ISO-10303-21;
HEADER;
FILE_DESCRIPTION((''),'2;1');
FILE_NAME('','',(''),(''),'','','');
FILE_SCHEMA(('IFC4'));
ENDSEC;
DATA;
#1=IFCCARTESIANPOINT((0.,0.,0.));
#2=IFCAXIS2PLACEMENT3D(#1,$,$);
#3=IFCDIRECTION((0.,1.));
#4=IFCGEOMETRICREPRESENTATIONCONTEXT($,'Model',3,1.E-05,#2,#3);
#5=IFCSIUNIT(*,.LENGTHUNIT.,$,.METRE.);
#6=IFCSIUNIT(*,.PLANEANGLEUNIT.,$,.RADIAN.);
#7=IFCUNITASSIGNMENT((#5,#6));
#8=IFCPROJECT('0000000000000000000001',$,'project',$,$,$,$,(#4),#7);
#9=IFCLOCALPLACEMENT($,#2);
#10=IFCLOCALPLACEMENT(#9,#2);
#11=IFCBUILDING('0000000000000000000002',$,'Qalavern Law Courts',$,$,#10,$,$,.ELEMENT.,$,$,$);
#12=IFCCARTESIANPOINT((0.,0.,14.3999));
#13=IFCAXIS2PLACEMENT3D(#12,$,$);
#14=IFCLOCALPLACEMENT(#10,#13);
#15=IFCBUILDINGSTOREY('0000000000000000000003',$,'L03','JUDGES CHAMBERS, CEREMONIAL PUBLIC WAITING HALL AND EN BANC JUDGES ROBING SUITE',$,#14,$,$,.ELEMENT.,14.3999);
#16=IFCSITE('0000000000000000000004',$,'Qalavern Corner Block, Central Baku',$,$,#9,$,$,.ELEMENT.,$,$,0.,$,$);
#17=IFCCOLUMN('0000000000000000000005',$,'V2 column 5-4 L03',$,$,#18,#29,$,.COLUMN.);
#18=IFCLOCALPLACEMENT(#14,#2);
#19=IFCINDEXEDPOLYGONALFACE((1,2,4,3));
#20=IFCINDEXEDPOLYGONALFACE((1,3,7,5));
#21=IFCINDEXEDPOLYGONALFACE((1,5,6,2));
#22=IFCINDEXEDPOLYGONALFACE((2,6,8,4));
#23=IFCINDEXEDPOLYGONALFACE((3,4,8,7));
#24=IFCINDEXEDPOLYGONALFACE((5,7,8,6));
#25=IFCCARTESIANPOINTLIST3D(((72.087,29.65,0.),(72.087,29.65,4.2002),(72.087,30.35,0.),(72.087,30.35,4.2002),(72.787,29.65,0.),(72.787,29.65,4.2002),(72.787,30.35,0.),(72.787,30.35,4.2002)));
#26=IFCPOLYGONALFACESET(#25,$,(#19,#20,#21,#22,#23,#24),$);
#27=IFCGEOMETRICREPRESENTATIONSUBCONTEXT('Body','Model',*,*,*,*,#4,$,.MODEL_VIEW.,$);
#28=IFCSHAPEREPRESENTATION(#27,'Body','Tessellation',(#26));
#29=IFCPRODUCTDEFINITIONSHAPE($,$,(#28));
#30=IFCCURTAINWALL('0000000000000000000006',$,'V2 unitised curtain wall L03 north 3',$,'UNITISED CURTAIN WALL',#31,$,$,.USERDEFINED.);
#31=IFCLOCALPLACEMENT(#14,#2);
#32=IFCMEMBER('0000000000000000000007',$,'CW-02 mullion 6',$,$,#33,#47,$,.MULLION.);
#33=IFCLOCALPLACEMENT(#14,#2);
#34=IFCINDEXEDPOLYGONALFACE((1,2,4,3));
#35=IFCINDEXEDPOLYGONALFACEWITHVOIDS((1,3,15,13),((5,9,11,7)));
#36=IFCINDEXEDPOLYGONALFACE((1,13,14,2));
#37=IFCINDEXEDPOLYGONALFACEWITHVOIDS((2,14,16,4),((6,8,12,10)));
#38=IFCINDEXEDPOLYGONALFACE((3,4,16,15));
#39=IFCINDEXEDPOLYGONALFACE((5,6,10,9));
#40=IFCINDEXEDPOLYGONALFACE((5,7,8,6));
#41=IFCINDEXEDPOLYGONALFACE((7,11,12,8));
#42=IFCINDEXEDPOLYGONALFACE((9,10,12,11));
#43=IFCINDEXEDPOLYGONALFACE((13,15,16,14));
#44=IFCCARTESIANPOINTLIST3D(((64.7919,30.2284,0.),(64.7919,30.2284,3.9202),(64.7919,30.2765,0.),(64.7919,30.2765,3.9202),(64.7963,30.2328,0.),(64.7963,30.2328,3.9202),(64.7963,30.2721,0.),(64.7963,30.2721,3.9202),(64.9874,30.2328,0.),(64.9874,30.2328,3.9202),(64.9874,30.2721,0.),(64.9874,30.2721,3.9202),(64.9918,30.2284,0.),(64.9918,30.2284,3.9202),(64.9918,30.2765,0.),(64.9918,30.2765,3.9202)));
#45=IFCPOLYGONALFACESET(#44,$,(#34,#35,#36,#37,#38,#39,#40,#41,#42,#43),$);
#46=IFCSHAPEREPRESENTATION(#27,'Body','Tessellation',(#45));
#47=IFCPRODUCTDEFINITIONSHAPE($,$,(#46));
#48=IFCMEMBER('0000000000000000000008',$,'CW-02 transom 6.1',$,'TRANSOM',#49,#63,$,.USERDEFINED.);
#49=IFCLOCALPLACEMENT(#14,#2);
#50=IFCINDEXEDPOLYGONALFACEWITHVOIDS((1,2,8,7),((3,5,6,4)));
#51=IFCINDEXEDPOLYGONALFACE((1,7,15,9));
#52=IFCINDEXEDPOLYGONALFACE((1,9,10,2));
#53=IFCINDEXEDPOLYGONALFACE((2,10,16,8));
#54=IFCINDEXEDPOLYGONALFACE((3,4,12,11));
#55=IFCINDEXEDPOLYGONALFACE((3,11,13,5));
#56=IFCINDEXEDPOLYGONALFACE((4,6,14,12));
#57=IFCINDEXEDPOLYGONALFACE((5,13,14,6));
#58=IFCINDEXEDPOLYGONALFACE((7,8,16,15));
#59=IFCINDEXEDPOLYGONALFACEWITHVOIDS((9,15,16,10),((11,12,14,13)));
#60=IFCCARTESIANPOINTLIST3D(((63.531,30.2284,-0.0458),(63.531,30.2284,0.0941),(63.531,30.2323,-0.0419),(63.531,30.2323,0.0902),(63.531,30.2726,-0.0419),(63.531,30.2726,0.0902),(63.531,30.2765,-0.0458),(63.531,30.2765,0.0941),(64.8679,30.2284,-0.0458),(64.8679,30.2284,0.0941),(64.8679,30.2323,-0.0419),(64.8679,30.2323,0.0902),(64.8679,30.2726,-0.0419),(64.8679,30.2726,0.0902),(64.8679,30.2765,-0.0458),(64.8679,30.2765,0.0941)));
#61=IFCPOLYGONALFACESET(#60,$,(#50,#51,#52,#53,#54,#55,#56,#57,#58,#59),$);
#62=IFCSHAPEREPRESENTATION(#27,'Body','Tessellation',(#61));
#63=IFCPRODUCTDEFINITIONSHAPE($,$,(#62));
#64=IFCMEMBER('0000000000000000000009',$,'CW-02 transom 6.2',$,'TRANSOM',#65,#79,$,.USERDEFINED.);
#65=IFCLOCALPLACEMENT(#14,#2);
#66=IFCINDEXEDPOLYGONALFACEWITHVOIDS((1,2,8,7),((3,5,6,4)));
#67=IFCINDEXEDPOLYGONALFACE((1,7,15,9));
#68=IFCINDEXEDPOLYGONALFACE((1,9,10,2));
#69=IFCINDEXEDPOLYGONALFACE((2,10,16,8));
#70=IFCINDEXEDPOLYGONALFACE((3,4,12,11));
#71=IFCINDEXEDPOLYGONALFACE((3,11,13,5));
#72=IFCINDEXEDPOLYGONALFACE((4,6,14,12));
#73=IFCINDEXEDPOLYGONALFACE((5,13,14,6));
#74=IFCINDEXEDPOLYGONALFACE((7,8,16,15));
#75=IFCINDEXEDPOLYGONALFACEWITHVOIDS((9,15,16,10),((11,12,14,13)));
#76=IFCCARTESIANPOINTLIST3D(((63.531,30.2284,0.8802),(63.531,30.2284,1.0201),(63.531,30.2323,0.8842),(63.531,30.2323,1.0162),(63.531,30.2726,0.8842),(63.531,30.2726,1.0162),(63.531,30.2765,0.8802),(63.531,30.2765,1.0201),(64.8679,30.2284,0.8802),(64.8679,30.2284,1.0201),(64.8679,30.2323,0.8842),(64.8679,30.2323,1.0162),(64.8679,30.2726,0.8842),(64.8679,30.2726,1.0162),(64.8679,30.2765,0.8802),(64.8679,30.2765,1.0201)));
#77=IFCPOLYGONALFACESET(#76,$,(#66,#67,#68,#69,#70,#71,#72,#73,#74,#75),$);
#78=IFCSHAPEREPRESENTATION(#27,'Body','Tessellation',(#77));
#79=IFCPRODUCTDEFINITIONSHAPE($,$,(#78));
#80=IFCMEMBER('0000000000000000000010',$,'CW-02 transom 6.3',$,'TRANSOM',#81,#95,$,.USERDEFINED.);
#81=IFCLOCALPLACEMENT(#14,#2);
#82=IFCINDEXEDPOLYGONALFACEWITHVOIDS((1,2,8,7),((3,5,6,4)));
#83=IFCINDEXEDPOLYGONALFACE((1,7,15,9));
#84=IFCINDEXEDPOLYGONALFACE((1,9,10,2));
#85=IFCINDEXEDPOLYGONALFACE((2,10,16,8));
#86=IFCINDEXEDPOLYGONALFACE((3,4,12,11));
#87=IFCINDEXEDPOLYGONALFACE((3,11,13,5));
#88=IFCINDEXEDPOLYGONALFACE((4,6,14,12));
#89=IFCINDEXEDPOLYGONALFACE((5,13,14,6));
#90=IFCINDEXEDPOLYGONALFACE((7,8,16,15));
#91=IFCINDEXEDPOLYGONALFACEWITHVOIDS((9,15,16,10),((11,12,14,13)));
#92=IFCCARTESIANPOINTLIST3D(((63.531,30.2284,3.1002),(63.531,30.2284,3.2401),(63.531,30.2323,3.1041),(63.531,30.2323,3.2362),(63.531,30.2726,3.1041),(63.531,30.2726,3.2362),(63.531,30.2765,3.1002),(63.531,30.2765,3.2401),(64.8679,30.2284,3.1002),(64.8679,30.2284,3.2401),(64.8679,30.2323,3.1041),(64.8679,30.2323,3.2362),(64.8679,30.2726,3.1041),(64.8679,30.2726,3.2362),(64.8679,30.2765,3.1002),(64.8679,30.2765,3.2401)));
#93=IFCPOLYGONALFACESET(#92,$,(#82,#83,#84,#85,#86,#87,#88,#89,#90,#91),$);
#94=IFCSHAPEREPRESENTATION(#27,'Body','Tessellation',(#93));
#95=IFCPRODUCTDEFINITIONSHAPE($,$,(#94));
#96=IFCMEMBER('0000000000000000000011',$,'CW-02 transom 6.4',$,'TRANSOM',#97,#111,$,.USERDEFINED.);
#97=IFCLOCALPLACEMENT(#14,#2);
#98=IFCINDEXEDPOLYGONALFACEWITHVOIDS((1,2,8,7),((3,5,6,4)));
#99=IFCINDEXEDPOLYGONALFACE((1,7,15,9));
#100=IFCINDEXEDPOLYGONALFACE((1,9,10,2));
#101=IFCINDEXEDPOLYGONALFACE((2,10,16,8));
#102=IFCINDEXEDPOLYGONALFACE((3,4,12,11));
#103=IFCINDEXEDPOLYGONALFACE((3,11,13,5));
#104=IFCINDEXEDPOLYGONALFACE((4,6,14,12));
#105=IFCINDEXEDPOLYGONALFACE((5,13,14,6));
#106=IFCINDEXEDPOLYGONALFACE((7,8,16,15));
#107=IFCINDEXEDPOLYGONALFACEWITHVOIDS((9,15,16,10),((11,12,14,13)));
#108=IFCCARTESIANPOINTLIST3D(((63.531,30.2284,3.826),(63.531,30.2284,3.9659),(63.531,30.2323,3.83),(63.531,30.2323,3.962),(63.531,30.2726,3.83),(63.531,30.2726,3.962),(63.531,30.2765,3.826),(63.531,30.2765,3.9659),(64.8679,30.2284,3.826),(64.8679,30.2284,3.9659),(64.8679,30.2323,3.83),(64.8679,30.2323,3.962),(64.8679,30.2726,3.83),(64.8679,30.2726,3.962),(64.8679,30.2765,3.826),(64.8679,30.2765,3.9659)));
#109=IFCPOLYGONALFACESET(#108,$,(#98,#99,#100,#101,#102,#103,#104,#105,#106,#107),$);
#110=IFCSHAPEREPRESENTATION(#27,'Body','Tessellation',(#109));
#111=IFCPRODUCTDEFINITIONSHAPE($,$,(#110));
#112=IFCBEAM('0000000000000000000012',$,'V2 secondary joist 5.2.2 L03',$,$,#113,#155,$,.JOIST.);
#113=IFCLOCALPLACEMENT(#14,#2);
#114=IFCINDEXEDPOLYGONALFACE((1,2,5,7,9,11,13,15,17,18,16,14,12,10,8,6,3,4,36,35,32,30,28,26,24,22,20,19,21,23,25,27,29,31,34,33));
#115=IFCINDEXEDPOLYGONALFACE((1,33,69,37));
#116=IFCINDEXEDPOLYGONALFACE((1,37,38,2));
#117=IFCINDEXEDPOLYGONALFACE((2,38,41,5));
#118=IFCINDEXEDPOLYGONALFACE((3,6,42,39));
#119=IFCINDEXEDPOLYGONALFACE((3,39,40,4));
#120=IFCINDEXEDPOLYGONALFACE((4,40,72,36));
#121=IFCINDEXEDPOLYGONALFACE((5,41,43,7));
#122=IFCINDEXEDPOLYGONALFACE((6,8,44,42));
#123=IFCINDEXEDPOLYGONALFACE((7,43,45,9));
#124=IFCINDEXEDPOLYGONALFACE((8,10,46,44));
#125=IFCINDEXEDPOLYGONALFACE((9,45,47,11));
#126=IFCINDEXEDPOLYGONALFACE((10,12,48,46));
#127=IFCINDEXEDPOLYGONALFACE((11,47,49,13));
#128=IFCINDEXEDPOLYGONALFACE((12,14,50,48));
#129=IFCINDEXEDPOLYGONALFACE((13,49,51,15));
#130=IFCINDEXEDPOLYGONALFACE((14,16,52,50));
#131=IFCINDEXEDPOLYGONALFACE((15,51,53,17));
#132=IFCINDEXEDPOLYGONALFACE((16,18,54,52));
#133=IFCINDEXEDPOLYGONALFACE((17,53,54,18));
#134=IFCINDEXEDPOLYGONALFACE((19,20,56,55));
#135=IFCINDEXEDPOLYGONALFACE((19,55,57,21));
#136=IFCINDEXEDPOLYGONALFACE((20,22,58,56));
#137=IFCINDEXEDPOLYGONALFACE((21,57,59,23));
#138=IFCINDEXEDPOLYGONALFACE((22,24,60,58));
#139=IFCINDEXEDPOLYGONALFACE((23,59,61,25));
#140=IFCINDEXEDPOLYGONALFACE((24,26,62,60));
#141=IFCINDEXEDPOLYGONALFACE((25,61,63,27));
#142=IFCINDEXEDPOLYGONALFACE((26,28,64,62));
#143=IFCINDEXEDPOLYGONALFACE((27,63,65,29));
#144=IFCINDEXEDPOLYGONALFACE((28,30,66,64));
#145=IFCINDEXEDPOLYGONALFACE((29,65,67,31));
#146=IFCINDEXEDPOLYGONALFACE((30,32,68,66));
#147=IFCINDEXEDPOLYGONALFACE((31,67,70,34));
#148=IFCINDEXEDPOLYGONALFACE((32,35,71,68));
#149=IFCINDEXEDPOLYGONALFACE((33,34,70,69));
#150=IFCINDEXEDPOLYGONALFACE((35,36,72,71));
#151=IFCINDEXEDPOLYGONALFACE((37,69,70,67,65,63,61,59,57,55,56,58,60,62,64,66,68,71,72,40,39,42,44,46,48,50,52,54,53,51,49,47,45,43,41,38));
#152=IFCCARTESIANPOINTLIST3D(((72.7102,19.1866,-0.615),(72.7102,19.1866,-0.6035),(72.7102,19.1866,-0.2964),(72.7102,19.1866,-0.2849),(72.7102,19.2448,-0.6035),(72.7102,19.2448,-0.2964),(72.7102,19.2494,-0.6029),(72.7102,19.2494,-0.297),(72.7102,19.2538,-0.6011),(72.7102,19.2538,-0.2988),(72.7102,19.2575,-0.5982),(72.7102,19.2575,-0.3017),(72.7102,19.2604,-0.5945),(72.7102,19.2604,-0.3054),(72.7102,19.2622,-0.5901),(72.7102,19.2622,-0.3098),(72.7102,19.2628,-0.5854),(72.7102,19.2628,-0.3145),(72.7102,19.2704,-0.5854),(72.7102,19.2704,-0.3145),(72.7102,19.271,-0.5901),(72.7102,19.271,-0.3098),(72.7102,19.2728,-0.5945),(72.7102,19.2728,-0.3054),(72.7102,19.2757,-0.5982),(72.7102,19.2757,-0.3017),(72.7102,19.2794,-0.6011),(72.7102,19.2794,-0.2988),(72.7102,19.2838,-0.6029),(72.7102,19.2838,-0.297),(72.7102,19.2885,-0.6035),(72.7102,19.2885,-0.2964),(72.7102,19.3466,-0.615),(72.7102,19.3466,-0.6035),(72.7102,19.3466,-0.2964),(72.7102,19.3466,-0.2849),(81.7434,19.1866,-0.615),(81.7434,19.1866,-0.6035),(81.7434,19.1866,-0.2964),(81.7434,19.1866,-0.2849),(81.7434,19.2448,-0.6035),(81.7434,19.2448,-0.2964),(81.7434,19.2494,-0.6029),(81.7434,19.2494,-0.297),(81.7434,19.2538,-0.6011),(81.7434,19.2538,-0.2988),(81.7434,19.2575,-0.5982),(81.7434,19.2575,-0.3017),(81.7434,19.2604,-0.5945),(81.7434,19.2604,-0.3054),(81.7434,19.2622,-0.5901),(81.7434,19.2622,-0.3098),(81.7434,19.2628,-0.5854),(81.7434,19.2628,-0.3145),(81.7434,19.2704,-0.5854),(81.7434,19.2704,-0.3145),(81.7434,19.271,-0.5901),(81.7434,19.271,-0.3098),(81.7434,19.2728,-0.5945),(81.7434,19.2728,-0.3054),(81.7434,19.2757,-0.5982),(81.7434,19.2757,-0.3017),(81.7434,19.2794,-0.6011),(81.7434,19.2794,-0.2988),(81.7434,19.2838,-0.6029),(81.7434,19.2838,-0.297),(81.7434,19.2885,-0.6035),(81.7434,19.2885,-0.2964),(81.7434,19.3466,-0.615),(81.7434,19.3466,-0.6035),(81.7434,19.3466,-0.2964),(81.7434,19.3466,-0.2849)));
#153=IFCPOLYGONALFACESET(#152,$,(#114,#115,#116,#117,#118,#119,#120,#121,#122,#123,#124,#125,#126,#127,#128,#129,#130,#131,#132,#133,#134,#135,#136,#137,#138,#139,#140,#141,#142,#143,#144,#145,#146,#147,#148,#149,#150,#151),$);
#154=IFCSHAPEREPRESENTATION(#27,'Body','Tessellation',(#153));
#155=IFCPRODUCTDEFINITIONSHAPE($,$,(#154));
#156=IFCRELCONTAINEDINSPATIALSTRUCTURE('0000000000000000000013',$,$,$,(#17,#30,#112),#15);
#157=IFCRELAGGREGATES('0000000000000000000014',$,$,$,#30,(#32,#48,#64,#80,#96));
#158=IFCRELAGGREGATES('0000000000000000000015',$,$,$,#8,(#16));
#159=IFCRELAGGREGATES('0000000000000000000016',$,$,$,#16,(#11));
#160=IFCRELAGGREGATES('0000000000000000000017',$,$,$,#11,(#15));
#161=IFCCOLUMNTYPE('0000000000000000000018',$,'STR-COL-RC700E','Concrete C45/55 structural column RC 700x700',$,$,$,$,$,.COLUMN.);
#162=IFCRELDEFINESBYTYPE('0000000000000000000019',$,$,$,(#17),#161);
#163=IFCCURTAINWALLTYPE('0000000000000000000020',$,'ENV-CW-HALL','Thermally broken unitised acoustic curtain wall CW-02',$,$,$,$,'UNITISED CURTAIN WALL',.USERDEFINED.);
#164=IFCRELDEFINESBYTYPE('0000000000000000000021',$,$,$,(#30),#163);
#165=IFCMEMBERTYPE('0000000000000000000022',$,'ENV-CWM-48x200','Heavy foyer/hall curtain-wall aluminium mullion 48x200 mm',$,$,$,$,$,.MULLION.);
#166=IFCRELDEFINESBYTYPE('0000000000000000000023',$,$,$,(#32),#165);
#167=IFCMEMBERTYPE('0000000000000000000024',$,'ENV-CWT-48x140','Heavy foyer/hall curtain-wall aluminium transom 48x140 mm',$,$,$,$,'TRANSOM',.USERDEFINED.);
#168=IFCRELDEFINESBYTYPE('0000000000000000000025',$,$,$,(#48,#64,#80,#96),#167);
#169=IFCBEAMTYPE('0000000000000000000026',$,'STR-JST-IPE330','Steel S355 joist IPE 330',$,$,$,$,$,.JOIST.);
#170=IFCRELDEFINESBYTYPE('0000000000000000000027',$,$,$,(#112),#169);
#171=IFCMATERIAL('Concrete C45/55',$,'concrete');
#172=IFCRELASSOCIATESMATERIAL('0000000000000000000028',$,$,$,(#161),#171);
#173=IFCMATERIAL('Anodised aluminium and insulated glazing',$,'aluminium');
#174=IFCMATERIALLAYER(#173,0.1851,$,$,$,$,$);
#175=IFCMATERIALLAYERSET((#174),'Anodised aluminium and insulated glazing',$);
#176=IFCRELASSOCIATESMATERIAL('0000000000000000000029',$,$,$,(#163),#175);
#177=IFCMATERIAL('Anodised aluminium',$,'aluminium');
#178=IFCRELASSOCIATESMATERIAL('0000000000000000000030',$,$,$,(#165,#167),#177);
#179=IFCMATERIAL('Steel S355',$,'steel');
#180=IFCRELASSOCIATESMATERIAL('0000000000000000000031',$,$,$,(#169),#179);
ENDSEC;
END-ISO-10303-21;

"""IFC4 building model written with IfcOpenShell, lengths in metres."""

from ifc_helpers import new_model, si_unit, direction, frame, origin, origin_2d, place, context, subcontext, project, spatial, rectangle, hollow_rectangle, i_section, extrude, material, layer, layer_set, material_profile, profile_set, type_object, element, aggregate, save


model = new_model("IFC4")

# Units and contexts
model_context = context("Model", 3, precision=1e-05, world=origin(), true_north=direction((0.0, 1.0)))
body_context = subcontext(model_context, "Body", "Model", "MODEL_VIEW")
ifc_project = project(units=[si_unit("LENGTHUNIT", "METRE"), si_unit("PLANEANGLEUNIT", "RADIAN")], contexts=[model_context])

# Site, building, storey
site_placement = place(None, origin())
site = spatial("IfcSite", under=ifc_project, at=site_placement, Name="Qalavern Corner Block, Central Baku", CompositionType="ELEMENT", RefElevation=0.0)
building_placement = place(site_placement, origin())
building = spatial("IfcBuilding", under=site, at=building_placement, Name="Qalavern Law Courts", CompositionType="ELEMENT")
storey_placement = place(building_placement, frame((0.0, 0.0, 14.3999)))
storey = spatial("IfcBuildingStorey", under=building, at=storey_placement, Name="L03", Description="JUDGES CHAMBERS, CEREMONIAL PUBLIC WAITING HALL AND EN BANC JUDGES ROBING SUITE", CompositionType="ELEMENT", Elevation=14.3999)

# Column
ifc_material_1 = material(Name="Concrete C45/55", Category="concrete")
ifc_material_profile_1 = material_profile(ifc_material_1, rectangle(XDim=0.7, YDim=0.7, at=origin_2d()), Name="RC 700x700")
ifc_profile_set_1 = profile_set([ifc_material_profile_1], Name="Concrete C45/55")
column_type = type_object("IfcColumnType", Name="STR-COL-RC700E", Description="Concrete C45/55 structural column RC 700x700", PredefinedType="COLUMN", material=ifc_profile_set_1)
column_placement = place(storey_placement, frame((72.437, 30.0, 0.0), z_axis=(0.0, 0.0, 1.0), x_axis=(1.0, 0.0, 0.0)))
element("IfcColumn", 1, at=column_placement, inside=storey, type_object=column_type, Name="V2 column 5-4 L03", PredefinedType="COLUMN", context=body_context, shape_type="SweptSolid", body=[
    extrude(rectangle(XDim=0.7, YDim=0.7, at=origin_2d()), origin(), (0.0, 0.0, 1.0), 4.2002),
])

# Curtain wall, members
ifc_material_2 = material(Name="Anodised aluminium and insulated glazing", Category="aluminium")
ifc_layer_1 = layer(ifc_material_2, 0.1851)
ifc_layer_set_1 = layer_set([ifc_layer_1], Name="Anodised aluminium and insulated glazing")
curtain_wall_type = type_object("IfcCurtainWallType", Name="ENV-CW-HALL", Description="Thermally broken unitised acoustic curtain wall CW-02", ElementType="UNITISED CURTAIN WALL", PredefinedType="USERDEFINED", material=ifc_layer_set_1)
curtain_wall_placement = place(storey_placement, origin())
curtain_wall = element("IfcCurtainWall", 2, at=curtain_wall_placement, inside=storey, type_object=curtain_wall_type, Name="V2 unitised curtain wall L03 north 3", ObjectType="UNITISED CURTAIN WALL", PredefinedType="USERDEFINED")
ifc_material_3 = material(Name="Anodised aluminium", Category="aluminium")
ifc_material_profile_2 = material_profile(ifc_material_3, hollow_rectangle(XDim=0.0481, YDim=0.2, WallThickness=0.0044, at=origin_2d()), Name="ALU MULLION 48x200")
ifc_profile_set_2 = profile_set([ifc_material_profile_2], Name="Anodised aluminium")
member_type_1 = type_object("IfcMemberType", Name="ENV-CWM-48x200", Description="Heavy foyer/hall curtain-wall aluminium mullion 48x200 mm", PredefinedType="MULLION", material=ifc_profile_set_2)
member_1_placement = place(storey_placement, frame((64.8918, 30.2524, 0.0), z_axis=(0.0, 0.0, 1.0), x_axis=(0.0, -1.0, 0.0)))
member_1 = element("IfcMember", 3, at=member_1_placement, type_object=member_type_1, Name="CW-02 mullion 6", PredefinedType="MULLION", context=body_context, shape_type="SweptSolid", body=[
    extrude(hollow_rectangle(XDim=0.0481, YDim=0.2, WallThickness=0.0044, at=origin_2d()), origin(), (0.0, 0.0, 1.0), 3.9202),
])
ifc_material_profile_3 = material_profile(ifc_material_3, hollow_rectangle(XDim=0.0481, YDim=0.1399, WallThickness=0.0039, at=origin_2d()), Name="ALU TRANSOM 48x140")
ifc_profile_set_3 = profile_set([ifc_material_profile_3], Name="Anodised aluminium")
member_type_2 = type_object("IfcMemberType", Name="ENV-CWT-48x140", Description="Heavy foyer/hall curtain-wall aluminium transom 48x140 mm", ElementType="TRANSOM", PredefinedType="USERDEFINED", material=ifc_profile_set_3)
member_2_placement = place(storey_placement, frame((64.8679, 30.2524, 0.0242), z_axis=(-1.0, 0.0, 0.0), x_axis=(0.0, -1.0, 0.0)))
member_2 = element("IfcMember", 4, at=member_2_placement, type_object=member_type_2, Name="CW-02 transom 6.1", ObjectType="TRANSOM", PredefinedType="USERDEFINED", context=body_context, shape_type="SweptSolid", body=[
    extrude(hollow_rectangle(XDim=0.0481, YDim=0.1399, WallThickness=0.0039, at=origin_2d()), origin(), (0.0, 0.0, 1.0), 1.3369),
])
member_3_placement = place(storey_placement, frame((64.8679, 30.2524, 0.9502), z_axis=(-1.0, 0.0, 0.0), x_axis=(0.0, -1.0, 0.0)))
member_3 = element("IfcMember", 5, at=member_3_placement, type_object=member_type_2, Name="CW-02 transom 6.2", ObjectType="TRANSOM", PredefinedType="USERDEFINED", context=body_context, shape_type="SweptSolid", body=[
    extrude(hollow_rectangle(XDim=0.0481, YDim=0.1399, WallThickness=0.0039, at=origin_2d()), origin(), (0.0, 0.0, 1.0), 1.3369),
])
member_4_placement = place(storey_placement, frame((64.8679, 30.2524, 3.1702), z_axis=(-1.0, 0.0, 0.0), x_axis=(0.0, -1.0, 0.0)))
member_4 = element("IfcMember", 6, at=member_4_placement, type_object=member_type_2, Name="CW-02 transom 6.3", ObjectType="TRANSOM", PredefinedType="USERDEFINED", context=body_context, shape_type="SweptSolid", body=[
    extrude(hollow_rectangle(XDim=0.0481, YDim=0.1399, WallThickness=0.0039, at=origin_2d()), origin(), (0.0, 0.0, 1.0), 1.3369),
])
member_5_placement = place(storey_placement, frame((64.8679, 30.2524, 3.896), z_axis=(-1.0, 0.0, 0.0), x_axis=(0.0, -1.0, 0.0)))
member_5 = element("IfcMember", 7, at=member_5_placement, type_object=member_type_2, Name="CW-02 transom 6.4", ObjectType="TRANSOM", PredefinedType="USERDEFINED", context=body_context, shape_type="SweptSolid", body=[
    extrude(hollow_rectangle(XDim=0.0481, YDim=0.1399, WallThickness=0.0039, at=origin_2d()), origin(), (0.0, 0.0, 1.0), 1.3369),
])

# Beam
ifc_material_4 = material(Name="Steel S355", Category="steel")
ifc_material_profile_4 = material_profile(ifc_material_4, i_section(OverallWidth=0.1599, OverallDepth=0.3301, WebThickness=0.0076, FlangeThickness=0.0115, FilletRadius=0.0181, at=origin_2d()), Name="IPE 330")
ifc_profile_set_4 = profile_set([ifc_material_profile_4], Name="Steel S355")
beam_type_1 = type_object("IfcBeamType", Name="STR-JST-IPE330", Description="Steel S355 joist IPE 330", PredefinedType="JOIST", material=ifc_profile_set_4)
for number, where, z_axis, x_axis, name in (
    (8, (72.7102, 19.2666, -0.45), (1.0, 0.0, 0.0), (0.0, 1.0, 0.0), "V2 secondary joist 5.2.2 L03"),
):
    element("IfcBeam", number, at=place(storey_placement, frame(where, z_axis=z_axis, x_axis=x_axis)), inside=storey, type_object=beam_type_1, Name=name, PredefinedType="JOIST", context=body_context, shape_type="SweptSolid", body=[
        extrude(i_section(OverallWidth=0.1599, OverallDepth=0.3301, WebThickness=0.0076, FlangeThickness=0.0115, FilletRadius=0.0181, at=origin_2d()), origin(), (0.0, 0.0, 1.0), 9.0332),
    ])

aggregate(curtain_wall, [member_1, member_2, member_3, member_4, member_5])

save(model, "model.ifc")
